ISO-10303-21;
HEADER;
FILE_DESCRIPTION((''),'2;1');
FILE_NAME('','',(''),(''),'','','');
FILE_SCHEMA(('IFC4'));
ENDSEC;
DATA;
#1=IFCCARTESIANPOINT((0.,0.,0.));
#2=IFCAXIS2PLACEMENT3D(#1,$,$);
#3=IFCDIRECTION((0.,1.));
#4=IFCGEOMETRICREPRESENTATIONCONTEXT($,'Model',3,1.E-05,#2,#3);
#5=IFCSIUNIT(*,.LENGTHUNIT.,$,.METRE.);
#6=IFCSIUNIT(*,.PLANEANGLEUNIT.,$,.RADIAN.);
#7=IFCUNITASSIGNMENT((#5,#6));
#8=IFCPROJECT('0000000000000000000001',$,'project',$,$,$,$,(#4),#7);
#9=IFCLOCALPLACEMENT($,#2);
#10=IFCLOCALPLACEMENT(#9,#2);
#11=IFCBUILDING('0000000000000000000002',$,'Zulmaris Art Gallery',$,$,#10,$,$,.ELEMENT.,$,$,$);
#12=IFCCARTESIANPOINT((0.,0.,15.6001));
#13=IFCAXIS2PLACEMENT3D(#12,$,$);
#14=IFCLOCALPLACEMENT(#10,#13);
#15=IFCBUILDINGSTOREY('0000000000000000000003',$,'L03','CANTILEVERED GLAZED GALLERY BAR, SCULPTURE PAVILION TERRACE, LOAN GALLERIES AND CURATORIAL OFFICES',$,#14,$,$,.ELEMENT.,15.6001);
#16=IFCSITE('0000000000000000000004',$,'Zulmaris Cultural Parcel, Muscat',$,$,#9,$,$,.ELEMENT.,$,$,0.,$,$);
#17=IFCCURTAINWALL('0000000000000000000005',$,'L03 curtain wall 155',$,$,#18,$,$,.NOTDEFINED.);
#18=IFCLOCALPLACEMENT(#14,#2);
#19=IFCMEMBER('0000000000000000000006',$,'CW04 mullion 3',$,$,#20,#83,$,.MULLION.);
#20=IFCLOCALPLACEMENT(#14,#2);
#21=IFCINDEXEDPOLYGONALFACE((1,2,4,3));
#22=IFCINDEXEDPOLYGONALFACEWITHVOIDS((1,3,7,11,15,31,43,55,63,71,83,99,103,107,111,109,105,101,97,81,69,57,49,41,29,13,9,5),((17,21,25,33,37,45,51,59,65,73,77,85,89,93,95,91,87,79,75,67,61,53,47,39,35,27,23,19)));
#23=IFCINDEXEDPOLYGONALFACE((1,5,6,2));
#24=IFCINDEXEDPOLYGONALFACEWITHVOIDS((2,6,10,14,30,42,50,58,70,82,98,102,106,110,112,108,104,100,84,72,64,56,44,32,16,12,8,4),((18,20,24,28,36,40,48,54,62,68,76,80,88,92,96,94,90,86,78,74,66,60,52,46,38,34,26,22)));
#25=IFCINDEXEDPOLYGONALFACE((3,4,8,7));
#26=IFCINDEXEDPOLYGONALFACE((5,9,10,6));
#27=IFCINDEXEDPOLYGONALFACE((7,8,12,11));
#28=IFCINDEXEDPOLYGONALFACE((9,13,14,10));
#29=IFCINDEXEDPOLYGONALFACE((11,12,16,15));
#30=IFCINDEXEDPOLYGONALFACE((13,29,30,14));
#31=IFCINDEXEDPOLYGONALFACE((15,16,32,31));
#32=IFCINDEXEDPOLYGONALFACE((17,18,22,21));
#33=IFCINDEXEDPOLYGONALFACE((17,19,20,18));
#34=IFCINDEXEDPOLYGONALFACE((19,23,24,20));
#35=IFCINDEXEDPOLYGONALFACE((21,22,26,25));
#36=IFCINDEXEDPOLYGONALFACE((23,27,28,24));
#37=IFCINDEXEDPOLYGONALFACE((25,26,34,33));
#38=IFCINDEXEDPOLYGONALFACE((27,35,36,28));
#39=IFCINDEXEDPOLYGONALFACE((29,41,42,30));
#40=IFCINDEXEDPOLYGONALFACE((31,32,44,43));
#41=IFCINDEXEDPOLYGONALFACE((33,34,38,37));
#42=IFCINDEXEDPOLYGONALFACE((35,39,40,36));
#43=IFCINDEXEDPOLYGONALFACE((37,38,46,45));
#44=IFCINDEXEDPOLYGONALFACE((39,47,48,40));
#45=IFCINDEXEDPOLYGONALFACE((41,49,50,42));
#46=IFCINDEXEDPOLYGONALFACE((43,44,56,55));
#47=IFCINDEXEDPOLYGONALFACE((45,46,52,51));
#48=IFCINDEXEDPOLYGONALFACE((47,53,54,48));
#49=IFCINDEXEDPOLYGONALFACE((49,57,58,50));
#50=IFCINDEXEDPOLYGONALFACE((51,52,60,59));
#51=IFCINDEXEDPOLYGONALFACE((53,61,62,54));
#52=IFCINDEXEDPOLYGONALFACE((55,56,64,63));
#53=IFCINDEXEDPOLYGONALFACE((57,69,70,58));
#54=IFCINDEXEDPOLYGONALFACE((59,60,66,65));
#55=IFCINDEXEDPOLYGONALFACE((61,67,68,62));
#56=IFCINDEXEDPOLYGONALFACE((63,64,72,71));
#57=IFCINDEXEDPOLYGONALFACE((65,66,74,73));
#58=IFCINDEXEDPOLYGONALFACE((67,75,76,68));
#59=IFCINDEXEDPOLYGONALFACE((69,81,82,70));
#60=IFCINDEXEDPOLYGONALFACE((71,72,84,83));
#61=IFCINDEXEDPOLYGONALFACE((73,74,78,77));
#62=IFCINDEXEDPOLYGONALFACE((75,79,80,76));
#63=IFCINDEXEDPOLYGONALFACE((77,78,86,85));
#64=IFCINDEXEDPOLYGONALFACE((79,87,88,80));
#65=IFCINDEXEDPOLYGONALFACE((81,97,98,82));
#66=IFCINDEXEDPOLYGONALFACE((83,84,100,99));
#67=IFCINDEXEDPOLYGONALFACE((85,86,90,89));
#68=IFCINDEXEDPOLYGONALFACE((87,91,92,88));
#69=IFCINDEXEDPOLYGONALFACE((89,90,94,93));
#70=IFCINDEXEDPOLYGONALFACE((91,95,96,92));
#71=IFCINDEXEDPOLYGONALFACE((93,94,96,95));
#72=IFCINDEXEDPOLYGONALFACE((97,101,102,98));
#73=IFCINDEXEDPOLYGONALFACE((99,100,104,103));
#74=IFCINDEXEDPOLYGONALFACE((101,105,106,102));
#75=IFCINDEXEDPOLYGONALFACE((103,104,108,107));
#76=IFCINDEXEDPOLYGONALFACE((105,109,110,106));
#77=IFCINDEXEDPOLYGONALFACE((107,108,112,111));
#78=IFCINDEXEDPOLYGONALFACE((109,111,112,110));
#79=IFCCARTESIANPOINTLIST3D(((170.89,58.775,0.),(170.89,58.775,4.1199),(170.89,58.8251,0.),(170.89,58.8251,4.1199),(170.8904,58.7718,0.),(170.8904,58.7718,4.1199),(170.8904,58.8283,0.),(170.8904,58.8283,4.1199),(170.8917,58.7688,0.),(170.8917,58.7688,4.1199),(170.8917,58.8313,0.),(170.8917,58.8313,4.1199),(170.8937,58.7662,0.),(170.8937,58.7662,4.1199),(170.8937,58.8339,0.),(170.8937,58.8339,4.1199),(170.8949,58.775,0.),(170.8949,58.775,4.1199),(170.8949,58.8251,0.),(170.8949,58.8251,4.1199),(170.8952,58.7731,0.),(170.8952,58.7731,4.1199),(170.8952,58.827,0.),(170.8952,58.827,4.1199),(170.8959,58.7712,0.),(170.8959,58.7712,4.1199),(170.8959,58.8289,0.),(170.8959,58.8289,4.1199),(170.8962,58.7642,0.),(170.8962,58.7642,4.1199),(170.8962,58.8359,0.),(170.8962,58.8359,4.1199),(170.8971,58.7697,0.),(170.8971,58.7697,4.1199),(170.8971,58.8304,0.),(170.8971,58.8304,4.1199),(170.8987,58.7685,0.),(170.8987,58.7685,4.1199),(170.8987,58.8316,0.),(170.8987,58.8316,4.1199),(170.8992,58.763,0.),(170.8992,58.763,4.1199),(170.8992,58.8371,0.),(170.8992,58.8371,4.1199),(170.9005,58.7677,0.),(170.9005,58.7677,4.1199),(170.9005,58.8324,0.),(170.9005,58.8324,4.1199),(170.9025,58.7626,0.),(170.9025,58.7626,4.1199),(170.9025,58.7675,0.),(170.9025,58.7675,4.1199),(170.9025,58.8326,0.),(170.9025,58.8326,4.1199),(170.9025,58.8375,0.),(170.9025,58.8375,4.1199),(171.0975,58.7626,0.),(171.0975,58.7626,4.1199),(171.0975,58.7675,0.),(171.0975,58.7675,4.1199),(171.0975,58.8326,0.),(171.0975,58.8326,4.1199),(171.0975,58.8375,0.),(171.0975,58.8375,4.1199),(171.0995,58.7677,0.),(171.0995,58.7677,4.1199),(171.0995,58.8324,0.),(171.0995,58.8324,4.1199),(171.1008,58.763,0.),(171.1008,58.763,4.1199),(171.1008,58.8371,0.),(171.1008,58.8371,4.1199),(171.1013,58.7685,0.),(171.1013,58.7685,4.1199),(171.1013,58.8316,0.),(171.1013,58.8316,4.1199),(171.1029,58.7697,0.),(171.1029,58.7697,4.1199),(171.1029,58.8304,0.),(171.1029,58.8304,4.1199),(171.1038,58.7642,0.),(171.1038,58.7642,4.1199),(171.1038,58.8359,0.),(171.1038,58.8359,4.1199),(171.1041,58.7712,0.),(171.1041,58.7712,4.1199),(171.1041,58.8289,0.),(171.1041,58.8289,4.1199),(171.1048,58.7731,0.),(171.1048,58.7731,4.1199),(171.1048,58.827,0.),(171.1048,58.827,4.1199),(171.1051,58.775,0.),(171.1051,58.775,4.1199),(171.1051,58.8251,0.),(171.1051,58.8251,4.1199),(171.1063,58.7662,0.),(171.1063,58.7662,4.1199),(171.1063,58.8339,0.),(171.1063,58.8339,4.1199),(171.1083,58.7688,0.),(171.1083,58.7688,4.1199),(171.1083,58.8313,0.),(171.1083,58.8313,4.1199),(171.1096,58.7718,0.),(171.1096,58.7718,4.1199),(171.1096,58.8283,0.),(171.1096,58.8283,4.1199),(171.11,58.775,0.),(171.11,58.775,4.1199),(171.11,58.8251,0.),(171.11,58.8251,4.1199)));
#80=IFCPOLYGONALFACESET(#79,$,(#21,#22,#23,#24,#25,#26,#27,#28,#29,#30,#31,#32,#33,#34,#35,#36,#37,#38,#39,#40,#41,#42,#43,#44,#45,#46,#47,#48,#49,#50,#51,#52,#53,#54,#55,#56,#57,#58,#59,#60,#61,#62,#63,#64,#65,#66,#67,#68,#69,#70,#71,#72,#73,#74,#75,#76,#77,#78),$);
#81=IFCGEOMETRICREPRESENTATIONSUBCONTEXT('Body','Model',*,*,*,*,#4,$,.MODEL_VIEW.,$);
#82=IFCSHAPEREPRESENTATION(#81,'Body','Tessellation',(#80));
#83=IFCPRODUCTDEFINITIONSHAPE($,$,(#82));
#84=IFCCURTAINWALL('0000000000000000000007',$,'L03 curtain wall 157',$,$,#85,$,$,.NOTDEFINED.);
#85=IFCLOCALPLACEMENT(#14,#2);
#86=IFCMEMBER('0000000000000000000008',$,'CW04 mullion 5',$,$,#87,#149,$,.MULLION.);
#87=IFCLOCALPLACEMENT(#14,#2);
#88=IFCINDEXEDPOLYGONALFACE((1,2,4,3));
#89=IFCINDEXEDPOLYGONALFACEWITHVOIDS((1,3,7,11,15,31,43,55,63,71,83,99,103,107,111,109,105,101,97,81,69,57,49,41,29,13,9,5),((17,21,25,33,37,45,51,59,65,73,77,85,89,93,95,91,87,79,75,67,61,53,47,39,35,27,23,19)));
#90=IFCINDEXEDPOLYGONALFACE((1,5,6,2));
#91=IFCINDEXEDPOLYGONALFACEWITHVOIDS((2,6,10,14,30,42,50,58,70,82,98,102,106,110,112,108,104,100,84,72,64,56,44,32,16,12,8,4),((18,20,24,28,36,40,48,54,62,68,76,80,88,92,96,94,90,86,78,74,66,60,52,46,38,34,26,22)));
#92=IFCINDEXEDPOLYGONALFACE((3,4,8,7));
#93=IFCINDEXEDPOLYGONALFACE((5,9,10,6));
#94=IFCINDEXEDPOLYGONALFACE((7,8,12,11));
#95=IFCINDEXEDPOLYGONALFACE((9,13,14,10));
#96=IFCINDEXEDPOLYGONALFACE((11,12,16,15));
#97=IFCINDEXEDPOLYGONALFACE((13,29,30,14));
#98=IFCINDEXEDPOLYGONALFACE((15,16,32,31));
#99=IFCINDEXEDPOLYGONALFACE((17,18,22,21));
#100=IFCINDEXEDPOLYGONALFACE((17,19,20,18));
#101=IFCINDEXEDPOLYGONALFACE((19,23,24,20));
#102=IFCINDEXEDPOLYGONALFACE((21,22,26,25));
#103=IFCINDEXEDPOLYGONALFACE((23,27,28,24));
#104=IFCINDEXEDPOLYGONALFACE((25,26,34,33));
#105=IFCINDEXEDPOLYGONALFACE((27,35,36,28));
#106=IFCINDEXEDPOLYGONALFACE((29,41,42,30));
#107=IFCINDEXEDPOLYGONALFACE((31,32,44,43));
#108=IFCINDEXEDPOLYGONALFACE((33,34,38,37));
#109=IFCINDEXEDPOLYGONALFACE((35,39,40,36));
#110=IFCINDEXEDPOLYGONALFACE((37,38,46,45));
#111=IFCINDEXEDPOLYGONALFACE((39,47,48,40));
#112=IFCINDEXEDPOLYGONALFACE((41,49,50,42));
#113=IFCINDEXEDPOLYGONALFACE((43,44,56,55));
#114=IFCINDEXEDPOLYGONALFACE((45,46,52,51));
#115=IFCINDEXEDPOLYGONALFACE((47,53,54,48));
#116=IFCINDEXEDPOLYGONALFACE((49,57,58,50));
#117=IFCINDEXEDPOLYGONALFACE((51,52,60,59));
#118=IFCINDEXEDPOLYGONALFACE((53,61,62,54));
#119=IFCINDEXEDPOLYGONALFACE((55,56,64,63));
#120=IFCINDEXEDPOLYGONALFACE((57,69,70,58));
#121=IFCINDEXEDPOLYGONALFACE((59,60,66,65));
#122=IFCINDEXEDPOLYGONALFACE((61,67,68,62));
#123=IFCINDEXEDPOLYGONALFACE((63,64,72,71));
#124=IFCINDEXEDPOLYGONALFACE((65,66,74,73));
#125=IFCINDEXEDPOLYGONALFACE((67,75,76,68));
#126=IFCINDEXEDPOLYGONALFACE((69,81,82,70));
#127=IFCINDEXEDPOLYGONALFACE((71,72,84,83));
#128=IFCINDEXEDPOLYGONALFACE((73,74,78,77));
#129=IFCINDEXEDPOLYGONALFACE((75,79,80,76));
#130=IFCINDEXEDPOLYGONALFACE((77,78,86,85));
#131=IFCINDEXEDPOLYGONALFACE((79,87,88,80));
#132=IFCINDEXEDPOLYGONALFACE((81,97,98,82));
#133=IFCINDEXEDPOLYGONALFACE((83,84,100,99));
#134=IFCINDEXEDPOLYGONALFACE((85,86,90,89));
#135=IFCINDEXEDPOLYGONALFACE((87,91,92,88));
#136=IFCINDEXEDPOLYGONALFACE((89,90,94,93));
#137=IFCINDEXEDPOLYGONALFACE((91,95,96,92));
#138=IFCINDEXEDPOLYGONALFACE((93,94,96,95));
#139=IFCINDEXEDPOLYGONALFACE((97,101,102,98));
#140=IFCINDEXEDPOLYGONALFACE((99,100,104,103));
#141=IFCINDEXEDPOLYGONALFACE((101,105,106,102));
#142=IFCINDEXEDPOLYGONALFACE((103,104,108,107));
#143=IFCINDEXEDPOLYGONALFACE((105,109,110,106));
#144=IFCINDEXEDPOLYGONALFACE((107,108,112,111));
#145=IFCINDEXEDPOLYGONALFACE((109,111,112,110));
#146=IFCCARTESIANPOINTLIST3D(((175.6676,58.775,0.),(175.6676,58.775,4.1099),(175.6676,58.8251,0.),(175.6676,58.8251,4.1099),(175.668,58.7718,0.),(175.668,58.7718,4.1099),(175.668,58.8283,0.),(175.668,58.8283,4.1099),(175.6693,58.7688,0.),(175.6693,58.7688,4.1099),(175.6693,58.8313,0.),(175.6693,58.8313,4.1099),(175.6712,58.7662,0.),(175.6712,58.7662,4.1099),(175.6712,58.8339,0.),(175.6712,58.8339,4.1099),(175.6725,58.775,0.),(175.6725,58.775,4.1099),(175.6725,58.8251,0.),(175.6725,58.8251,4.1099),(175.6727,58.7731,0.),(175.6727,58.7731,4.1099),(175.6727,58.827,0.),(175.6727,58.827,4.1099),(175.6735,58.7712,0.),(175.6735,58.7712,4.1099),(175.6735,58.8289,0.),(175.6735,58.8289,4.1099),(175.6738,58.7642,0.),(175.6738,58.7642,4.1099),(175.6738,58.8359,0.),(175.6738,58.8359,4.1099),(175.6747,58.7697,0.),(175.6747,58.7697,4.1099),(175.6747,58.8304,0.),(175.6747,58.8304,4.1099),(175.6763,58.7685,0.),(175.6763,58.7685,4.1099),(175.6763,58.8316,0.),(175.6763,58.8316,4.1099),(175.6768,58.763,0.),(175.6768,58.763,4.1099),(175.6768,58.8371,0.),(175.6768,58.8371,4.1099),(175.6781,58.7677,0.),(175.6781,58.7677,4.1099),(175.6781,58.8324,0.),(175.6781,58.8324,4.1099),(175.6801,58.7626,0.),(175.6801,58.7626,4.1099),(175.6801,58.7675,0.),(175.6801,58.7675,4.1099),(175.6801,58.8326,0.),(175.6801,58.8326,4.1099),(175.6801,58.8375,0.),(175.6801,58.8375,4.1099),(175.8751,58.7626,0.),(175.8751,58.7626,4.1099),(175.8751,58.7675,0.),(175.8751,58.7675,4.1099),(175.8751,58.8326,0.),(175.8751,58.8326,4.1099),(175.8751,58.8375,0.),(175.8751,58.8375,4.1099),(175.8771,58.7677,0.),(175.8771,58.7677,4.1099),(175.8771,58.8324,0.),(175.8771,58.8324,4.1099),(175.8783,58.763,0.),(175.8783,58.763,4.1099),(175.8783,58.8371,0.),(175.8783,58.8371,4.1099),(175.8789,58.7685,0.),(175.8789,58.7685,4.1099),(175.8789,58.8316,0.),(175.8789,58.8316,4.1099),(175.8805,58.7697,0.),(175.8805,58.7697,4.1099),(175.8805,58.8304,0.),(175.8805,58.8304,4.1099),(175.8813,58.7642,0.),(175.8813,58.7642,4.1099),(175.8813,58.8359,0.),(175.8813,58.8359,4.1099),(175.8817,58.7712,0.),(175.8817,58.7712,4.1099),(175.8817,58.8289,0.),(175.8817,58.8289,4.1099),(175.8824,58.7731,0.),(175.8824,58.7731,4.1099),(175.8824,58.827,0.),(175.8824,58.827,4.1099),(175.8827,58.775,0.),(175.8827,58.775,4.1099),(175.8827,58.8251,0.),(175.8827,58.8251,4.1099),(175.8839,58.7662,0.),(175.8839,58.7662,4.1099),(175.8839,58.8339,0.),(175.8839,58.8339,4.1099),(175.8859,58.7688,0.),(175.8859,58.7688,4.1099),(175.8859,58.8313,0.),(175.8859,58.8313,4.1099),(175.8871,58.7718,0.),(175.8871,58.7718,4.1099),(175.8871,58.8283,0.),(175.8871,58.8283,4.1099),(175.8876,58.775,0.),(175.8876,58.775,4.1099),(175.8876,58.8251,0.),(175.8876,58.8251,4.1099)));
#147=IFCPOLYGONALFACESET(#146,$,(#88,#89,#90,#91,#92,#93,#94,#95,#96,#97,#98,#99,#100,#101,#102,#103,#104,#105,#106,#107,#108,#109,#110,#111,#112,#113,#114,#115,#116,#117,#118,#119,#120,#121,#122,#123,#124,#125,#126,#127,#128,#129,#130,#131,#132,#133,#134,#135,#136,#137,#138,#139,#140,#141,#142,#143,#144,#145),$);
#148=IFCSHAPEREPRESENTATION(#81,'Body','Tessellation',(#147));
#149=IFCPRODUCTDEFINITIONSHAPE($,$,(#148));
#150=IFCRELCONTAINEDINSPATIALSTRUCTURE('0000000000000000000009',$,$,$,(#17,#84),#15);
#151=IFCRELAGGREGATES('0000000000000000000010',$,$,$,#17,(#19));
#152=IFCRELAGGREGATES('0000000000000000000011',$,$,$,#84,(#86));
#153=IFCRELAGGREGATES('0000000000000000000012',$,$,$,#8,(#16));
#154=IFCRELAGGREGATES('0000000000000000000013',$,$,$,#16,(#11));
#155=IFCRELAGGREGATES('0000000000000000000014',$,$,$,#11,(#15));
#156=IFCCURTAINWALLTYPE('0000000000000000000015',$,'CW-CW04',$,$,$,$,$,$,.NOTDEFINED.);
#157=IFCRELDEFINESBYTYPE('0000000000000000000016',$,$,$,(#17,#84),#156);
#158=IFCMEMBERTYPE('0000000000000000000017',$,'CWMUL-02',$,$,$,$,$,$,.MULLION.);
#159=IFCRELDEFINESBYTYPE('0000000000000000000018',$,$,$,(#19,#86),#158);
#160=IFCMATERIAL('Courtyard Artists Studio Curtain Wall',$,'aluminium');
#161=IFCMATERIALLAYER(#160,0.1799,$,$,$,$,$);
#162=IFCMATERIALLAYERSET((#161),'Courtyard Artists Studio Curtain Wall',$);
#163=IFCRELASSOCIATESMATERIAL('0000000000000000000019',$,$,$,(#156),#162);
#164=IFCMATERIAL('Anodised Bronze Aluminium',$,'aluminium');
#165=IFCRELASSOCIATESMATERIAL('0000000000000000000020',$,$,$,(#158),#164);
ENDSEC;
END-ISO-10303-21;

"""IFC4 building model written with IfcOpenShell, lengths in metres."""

from ifc_helpers import new_model, si_unit, direction, frame, origin, origin_2d, place, context, subcontext, project, spatial, hollow_rectangle, extrude, material, layer, layer_set, material_profile, profile_set, type_object, element, aggregate, save


model = new_model("IFC4")

# Units and contexts
model_context = context("Model", 3, precision=1e-05, world=origin(), true_north=direction((0.0, 1.0)))
body_context = subcontext(model_context, "Body", "Model", "MODEL_VIEW")
ifc_project = project(units=[si_unit("LENGTHUNIT", "METRE"), si_unit("PLANEANGLEUNIT", "RADIAN")], contexts=[model_context])

# Site, building, storey
site_placement = place(None, origin())
site = spatial("IfcSite", under=ifc_project, at=site_placement, Name="Zulmaris Cultural Parcel, Muscat", CompositionType="ELEMENT", RefElevation=0.0)
building_placement = place(site_placement, origin())
building = spatial("IfcBuilding", under=site, at=building_placement, Name="Zulmaris Art Gallery", CompositionType="ELEMENT")
storey_placement = place(building_placement, frame((0.0, 0.0, 15.6001)))
storey = spatial("IfcBuildingStorey", under=building, at=storey_placement, Name="L03", Description="CANTILEVERED GLAZED GALLERY BAR, SCULPTURE PAVILION TERRACE, LOAN GALLERIES AND CURATORIAL OFFICES", CompositionType="ELEMENT", Elevation=15.6001)

# Curtain wall, member
ifc_material_1 = material(Name="Courtyard Artists Studio Curtain Wall", Category="aluminium")
ifc_layer_1 = layer(ifc_material_1, 0.1799)
ifc_layer_set_1 = layer_set([ifc_layer_1], Name="Courtyard Artists Studio Curtain Wall")
curtain_wall_type = type_object("IfcCurtainWallType", Name="CW-CW04", PredefinedType="NOTDEFINED", material=ifc_layer_set_1)
curtain_wall_1_placement = place(storey_placement, origin())
curtain_wall_1 = element("IfcCurtainWall", 1, at=curtain_wall_1_placement, inside=storey, type_object=curtain_wall_type, Name="L03 curtain wall 155", PredefinedType="NOTDEFINED")
ifc_material_2 = material(Name="Anodised Bronze Aluminium", Category="aluminium")
ifc_material_profile_1 = material_profile(ifc_material_2, hollow_rectangle(XDim=0.075, YDim=0.22, WallThickness=0.0049, InnerFilletRadius=0.0076, OuterFilletRadius=0.0125, at=origin_2d()), Name="ALU 75x220x5")
ifc_profile_set_1 = profile_set([ifc_material_profile_1], Name="Anodised Bronze Aluminium")
member_type_1 = type_object("IfcMemberType", Name="CWMUL-02", PredefinedType="MULLION", material=ifc_profile_set_1)
member_1_placement = place(storey_placement, frame((171.0, 58.8, 0.0), z_axis=(0.0, 0.0, 1.0), x_axis=(0.0, -1.0, 0.0)))
member_1 = element("IfcMember", 2, at=member_1_placement, type_object=member_type_1, Name="CW04 mullion 3", PredefinedType="MULLION", context=body_context, shape_type="SweptSolid", body=[
    extrude(hollow_rectangle(XDim=0.075, YDim=0.22, WallThickness=0.0049, InnerFilletRadius=0.0076, OuterFilletRadius=0.0125, at=origin_2d()), origin(), (0.0, 0.0, 1.0), 4.1199),
])

# Curtain wall, member
curtain_wall_2_placement = place(storey_placement, origin())
curtain_wall_2 = element("IfcCurtainWall", 3, at=curtain_wall_2_placement, inside=storey, type_object=curtain_wall_type, Name="L03 curtain wall 157", PredefinedType="NOTDEFINED")
member_2_placement = place(storey_placement, frame((175.7776, 58.8, 0.0), z_axis=(0.0, 0.0, 1.0), x_axis=(0.0, -1.0, 0.0)))
member_2 = element("IfcMember", 4, at=member_2_placement, type_object=member_type_1, Name="CW04 mullion 5", PredefinedType="MULLION", context=body_context, shape_type="SweptSolid", body=[
    extrude(hollow_rectangle(XDim=0.075, YDim=0.22, WallThickness=0.0049, InnerFilletRadius=0.0076, OuterFilletRadius=0.0125, at=origin_2d()), origin(), (0.0, 0.0, 1.0), 4.1099),
])

aggregate(curtain_wall_1, [member_1])
aggregate(curtain_wall_2, [member_2])

save(model, "model.ifc")
